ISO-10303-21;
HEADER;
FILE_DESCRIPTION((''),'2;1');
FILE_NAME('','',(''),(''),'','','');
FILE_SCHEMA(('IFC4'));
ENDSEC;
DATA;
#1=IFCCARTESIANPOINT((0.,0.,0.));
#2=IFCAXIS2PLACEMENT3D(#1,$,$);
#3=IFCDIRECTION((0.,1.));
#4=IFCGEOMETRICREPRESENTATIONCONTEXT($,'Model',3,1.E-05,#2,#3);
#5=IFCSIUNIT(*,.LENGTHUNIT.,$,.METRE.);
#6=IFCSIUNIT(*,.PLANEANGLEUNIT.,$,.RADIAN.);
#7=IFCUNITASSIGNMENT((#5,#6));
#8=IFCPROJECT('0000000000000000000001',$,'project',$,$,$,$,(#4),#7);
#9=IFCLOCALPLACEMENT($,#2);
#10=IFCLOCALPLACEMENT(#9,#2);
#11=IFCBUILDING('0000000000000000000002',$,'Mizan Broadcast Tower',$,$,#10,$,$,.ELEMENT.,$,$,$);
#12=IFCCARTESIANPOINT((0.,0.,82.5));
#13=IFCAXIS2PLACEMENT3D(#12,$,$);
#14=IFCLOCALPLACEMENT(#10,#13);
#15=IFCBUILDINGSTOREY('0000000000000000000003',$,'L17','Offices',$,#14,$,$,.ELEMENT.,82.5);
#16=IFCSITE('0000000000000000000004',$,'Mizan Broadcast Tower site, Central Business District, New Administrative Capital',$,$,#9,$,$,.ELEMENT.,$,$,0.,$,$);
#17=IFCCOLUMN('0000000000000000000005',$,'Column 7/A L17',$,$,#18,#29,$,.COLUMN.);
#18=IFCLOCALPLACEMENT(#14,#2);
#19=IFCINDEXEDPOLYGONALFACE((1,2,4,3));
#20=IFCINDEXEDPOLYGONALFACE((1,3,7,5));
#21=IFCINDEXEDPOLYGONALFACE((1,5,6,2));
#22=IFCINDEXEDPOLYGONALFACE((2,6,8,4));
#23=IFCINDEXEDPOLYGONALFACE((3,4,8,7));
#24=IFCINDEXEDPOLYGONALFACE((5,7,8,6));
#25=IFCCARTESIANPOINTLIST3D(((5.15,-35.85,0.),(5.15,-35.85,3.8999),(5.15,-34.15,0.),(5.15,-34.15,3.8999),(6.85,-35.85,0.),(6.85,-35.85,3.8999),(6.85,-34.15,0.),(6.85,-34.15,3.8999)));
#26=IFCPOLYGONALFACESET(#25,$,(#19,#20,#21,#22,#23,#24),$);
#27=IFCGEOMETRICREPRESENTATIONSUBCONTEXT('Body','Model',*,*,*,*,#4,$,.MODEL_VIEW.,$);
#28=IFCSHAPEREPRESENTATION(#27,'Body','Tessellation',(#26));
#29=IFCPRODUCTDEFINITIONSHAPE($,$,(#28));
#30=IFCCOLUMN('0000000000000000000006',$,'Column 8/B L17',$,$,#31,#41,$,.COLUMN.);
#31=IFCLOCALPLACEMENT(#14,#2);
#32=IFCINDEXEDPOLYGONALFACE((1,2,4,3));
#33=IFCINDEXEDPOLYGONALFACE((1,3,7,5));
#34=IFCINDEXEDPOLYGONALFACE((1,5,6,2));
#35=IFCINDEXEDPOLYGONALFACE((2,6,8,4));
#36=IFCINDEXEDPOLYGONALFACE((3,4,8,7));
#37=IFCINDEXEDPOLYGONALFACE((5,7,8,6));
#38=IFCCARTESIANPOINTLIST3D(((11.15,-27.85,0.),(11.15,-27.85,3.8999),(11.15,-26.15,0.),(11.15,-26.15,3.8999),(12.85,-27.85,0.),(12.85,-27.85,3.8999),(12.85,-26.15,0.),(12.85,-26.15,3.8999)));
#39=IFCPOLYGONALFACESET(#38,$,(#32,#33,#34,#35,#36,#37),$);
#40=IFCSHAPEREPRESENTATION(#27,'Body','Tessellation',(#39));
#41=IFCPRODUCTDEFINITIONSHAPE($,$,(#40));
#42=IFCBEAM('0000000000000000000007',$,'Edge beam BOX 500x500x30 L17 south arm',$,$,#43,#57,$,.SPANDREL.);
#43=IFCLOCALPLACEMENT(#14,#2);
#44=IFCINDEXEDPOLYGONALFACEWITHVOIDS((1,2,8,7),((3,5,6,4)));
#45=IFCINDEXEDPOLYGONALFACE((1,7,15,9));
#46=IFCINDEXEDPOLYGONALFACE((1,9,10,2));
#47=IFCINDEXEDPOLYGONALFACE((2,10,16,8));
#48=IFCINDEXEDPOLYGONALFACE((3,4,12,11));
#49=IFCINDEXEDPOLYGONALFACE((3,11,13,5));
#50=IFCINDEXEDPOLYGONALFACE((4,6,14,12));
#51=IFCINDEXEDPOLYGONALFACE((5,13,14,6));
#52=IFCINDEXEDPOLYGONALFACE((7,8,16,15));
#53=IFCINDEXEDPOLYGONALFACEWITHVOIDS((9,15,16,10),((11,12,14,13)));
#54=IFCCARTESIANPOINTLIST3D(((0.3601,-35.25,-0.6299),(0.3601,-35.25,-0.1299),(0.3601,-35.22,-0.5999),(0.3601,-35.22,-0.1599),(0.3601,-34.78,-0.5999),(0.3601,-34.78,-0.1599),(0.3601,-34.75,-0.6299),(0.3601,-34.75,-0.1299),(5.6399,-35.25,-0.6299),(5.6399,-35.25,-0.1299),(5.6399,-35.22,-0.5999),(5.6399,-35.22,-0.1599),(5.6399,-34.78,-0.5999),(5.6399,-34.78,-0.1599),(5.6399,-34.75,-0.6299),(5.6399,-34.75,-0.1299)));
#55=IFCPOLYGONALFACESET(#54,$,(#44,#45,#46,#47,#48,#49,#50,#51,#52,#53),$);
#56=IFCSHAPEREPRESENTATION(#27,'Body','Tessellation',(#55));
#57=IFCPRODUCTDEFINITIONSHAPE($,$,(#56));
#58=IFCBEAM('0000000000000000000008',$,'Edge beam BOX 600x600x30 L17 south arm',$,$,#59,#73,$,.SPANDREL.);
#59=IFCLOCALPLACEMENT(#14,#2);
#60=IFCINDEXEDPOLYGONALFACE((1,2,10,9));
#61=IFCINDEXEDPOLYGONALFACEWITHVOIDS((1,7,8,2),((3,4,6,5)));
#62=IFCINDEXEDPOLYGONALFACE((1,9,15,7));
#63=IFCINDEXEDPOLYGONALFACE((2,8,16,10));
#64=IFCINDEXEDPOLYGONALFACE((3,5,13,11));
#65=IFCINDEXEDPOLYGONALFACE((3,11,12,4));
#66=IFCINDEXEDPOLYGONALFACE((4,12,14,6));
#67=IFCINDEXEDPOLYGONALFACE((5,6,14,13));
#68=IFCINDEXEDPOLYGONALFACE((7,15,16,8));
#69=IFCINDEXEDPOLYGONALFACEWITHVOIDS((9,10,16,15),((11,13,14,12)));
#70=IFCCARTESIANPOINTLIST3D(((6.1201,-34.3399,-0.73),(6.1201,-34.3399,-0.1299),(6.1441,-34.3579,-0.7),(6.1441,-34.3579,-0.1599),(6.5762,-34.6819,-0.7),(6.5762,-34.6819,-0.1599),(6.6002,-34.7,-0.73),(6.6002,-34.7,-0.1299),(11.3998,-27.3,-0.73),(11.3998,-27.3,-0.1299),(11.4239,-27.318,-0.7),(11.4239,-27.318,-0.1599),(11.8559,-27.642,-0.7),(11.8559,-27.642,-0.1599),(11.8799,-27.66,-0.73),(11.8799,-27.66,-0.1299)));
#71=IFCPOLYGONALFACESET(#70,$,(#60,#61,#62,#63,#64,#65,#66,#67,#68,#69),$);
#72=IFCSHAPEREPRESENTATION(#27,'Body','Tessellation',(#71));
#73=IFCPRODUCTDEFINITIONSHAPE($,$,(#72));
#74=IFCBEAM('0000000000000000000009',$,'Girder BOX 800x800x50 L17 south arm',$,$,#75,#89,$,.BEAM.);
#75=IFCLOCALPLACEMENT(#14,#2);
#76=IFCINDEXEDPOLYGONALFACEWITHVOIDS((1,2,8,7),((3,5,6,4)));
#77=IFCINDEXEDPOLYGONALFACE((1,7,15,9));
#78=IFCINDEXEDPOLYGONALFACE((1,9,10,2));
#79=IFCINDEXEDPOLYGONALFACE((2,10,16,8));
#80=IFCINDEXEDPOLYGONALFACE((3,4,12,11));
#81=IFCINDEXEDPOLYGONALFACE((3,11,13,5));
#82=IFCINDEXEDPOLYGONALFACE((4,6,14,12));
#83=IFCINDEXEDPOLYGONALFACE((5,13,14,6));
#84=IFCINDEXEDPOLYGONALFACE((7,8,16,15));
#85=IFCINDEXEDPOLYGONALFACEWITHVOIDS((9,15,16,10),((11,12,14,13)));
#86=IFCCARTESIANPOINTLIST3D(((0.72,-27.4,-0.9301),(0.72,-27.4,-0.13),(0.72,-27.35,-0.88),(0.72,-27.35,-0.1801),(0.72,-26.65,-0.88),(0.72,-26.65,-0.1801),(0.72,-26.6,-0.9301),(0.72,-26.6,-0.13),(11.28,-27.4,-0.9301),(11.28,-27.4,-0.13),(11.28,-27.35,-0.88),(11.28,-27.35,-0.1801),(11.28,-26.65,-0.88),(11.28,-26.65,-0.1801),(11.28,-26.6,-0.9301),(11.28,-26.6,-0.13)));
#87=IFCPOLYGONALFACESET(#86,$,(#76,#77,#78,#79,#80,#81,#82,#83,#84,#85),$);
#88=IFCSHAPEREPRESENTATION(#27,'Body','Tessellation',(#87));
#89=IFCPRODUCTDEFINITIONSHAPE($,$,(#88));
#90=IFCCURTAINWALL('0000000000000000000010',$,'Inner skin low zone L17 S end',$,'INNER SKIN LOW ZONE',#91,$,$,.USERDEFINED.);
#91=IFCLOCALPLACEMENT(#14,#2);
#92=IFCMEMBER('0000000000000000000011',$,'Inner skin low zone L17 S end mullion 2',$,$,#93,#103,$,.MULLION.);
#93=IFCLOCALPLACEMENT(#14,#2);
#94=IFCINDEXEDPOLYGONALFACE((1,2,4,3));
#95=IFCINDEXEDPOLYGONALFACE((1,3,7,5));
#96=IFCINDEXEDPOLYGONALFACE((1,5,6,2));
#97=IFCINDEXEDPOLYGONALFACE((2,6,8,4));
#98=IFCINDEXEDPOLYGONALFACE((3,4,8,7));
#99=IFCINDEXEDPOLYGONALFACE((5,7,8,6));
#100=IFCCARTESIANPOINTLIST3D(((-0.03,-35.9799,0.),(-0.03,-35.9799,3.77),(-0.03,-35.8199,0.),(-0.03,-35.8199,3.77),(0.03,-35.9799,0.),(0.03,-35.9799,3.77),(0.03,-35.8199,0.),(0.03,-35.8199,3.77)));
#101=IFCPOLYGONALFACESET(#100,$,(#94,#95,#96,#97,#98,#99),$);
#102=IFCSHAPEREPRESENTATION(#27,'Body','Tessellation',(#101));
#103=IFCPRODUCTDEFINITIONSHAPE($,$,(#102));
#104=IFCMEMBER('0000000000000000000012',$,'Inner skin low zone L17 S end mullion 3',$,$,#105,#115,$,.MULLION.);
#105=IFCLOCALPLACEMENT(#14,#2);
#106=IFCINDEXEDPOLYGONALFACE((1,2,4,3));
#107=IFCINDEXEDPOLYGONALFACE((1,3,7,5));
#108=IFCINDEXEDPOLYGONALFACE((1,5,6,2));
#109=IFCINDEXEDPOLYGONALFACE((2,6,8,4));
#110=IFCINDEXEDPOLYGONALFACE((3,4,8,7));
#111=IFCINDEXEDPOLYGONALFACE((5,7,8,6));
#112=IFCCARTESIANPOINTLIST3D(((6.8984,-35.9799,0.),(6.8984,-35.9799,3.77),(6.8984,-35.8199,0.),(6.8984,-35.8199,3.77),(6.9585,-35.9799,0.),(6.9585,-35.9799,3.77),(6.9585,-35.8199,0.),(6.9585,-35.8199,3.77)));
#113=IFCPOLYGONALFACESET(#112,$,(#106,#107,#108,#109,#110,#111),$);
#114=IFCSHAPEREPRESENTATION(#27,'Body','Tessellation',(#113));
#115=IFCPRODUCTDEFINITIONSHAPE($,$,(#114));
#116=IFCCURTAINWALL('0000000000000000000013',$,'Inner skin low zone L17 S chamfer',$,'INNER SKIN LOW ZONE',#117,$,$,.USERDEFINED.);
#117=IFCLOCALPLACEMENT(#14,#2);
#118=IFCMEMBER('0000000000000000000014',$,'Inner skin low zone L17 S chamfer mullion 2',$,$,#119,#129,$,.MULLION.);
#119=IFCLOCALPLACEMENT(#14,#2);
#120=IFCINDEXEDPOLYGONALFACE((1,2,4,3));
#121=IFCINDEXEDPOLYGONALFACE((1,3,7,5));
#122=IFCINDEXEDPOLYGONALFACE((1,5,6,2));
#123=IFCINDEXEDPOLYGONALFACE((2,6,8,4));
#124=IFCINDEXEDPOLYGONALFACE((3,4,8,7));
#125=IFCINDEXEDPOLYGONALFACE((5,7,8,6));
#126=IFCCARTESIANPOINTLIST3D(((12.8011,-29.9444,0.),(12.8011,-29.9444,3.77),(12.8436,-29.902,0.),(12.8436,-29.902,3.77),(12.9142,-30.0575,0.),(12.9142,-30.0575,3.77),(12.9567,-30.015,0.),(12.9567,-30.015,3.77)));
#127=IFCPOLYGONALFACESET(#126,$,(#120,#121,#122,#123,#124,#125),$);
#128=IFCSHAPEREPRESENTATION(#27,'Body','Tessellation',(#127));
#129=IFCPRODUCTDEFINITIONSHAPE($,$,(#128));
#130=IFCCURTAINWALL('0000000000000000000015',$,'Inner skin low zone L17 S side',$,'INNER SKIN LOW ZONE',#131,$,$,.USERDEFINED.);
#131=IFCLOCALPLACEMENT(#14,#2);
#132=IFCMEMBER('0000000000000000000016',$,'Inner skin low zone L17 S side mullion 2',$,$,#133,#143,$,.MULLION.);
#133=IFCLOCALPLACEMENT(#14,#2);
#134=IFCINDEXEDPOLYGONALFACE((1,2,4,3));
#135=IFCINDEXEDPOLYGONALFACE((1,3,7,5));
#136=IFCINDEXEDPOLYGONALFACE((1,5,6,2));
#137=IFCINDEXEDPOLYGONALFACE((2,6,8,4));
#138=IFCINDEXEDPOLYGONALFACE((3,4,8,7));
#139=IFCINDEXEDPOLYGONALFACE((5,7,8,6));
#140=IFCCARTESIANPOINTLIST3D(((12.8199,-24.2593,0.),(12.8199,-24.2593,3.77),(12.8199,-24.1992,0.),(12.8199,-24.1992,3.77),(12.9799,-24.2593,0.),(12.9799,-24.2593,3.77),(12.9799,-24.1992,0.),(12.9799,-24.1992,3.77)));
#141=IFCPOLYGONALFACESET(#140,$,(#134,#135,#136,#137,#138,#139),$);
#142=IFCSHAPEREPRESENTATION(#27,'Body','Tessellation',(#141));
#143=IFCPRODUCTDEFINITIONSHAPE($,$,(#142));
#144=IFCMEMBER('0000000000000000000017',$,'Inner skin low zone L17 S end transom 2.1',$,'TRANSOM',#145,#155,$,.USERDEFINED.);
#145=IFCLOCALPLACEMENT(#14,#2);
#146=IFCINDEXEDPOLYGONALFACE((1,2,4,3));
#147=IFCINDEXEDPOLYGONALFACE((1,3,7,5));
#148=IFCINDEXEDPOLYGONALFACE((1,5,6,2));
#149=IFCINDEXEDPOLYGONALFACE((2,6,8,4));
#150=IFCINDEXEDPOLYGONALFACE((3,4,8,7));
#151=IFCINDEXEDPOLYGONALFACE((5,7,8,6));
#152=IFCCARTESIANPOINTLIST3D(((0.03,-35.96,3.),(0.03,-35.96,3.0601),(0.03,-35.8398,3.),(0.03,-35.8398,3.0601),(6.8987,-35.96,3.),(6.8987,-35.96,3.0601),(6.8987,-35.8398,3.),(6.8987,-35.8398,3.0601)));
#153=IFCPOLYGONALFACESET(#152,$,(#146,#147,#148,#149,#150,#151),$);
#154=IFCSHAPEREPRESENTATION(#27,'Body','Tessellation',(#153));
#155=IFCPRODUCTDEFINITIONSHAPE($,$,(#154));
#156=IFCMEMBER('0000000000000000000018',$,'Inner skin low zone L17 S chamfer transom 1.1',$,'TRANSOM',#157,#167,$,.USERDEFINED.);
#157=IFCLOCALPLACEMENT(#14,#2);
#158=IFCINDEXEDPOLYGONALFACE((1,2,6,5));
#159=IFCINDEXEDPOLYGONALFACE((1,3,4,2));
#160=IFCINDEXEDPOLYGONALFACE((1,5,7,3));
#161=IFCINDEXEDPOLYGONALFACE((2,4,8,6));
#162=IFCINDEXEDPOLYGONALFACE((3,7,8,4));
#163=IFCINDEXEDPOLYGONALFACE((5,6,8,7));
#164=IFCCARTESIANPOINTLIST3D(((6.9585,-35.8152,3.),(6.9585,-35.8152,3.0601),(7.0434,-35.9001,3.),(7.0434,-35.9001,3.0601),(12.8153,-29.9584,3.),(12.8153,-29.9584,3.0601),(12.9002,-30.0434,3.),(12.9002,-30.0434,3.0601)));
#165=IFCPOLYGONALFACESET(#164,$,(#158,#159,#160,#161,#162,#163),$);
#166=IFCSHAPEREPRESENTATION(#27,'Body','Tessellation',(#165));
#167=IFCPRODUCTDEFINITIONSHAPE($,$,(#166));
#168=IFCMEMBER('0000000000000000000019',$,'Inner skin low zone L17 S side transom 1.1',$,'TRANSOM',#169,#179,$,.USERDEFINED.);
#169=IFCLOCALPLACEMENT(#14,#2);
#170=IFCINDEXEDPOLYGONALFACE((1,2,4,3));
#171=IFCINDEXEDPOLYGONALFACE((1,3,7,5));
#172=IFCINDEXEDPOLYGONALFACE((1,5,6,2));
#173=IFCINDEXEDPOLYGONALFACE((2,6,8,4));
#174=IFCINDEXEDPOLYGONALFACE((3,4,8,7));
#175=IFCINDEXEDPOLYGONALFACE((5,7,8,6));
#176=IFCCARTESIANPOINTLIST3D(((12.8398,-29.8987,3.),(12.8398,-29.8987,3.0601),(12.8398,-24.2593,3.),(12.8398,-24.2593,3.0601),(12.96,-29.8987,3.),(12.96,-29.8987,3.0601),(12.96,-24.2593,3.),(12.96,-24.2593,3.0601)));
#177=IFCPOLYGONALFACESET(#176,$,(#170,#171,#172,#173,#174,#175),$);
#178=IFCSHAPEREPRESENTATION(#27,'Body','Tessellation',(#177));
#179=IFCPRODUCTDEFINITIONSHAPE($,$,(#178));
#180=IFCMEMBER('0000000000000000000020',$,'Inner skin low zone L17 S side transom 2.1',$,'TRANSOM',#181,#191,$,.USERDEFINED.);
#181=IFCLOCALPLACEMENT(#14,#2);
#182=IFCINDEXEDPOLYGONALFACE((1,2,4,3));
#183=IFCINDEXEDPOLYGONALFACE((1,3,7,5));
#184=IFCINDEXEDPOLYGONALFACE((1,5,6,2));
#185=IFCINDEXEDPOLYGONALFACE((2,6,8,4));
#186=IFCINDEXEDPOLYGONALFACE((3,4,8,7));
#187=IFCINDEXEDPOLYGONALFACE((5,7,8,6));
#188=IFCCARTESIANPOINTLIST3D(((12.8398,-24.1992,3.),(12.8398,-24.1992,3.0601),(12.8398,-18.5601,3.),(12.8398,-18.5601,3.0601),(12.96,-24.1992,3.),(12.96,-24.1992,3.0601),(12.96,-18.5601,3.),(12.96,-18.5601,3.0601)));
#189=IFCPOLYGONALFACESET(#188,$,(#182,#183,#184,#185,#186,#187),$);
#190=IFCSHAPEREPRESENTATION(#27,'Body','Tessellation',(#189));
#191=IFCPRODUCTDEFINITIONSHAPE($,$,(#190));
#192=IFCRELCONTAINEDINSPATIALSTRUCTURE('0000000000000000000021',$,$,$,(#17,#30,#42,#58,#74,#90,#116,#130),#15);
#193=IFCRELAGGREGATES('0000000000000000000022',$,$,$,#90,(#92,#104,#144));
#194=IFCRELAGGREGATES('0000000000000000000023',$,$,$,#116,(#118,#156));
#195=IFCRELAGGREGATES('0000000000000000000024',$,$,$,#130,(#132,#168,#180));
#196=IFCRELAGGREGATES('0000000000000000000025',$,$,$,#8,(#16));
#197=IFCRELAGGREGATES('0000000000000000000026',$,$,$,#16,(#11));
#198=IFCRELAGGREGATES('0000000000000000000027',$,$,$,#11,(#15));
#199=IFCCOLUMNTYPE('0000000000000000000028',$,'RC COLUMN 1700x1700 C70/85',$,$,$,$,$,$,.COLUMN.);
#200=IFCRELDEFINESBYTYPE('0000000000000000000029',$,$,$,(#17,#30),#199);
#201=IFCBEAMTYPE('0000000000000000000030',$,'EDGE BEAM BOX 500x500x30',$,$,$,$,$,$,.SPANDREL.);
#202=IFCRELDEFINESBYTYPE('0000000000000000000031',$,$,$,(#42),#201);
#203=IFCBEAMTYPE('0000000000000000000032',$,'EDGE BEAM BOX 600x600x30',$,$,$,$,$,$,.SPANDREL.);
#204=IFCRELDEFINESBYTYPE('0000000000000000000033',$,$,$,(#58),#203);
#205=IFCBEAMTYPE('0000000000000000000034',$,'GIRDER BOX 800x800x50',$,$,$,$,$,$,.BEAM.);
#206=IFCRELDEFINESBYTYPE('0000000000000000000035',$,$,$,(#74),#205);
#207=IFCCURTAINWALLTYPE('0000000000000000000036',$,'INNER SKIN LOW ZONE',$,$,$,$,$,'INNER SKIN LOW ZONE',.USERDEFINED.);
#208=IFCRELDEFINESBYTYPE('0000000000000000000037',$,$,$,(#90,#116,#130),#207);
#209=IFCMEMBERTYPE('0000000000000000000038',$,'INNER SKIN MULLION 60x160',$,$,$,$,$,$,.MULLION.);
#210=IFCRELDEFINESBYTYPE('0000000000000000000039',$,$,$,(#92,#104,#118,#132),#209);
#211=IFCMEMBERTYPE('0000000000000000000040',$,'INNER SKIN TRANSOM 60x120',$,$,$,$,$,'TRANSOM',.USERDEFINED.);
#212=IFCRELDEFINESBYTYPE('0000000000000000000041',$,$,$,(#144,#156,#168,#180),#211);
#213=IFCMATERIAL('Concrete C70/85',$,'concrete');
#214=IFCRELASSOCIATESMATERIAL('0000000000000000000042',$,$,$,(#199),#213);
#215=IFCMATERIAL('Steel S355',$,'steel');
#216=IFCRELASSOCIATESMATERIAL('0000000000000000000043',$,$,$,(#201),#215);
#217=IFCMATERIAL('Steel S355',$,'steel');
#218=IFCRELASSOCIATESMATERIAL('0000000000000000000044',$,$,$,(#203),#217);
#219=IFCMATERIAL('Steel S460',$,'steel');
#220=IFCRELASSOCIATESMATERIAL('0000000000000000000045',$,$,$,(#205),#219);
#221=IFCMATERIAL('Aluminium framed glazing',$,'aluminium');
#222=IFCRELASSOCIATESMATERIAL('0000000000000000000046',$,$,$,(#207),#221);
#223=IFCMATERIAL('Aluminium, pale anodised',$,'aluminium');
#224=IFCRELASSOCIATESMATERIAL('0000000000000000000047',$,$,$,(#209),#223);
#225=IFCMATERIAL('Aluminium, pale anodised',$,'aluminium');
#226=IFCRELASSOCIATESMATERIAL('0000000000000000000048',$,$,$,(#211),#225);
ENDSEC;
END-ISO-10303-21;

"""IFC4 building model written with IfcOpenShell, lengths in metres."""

from ifc_helpers import new_model, si_unit, direction, frame, origin, origin_2d, place, context, subcontext, project, spatial, rectangle, hollow_rectangle, extrude, material, material_profile, profile_set, type_object, element, aggregate, save


model = new_model("IFC4")

# Units and contexts
model_context = context("Model", 3, precision=1e-05, world=origin(), true_north=direction((0.0, 1.0)))
body_context = subcontext(model_context, "Body", "Model", "MODEL_VIEW")
ifc_project = project(units=[si_unit("LENGTHUNIT", "METRE"), si_unit("PLANEANGLEUNIT", "RADIAN")], contexts=[model_context])

# Site, building, storey
site_placement = place(None, origin())
site = spatial("IfcSite", under=ifc_project, at=site_placement, Name="Mizan Broadcast Tower site, Central Business District, New Administrative Capital", CompositionType="ELEMENT", RefElevation=0.0)
building_placement = place(site_placement, origin())
building = spatial("IfcBuilding", under=site, at=building_placement, Name="Mizan Broadcast Tower", CompositionType="ELEMENT")
storey_placement = place(building_placement, frame((0.0, 0.0, 82.5)))
storey = spatial("IfcBuildingStorey", under=building, at=storey_placement, Name="L17", Description="Offices", CompositionType="ELEMENT", Elevation=82.5)

# Columns
ifc_material_1 = material(Name="Concrete C70/85", Category="concrete")
ifc_material_profile_1 = material_profile(ifc_material_1, rectangle(XDim=1.7, YDim=1.7, at=origin_2d()), Name="RC 1700x1700")
ifc_profile_set_1 = profile_set([ifc_material_profile_1], Name="Concrete C70/85")
column_type = type_object("IfcColumnType", Name="RC COLUMN 1700x1700 C70/85", PredefinedType="COLUMN", material=ifc_profile_set_1)
for number, where, z_axis, x_axis, name in (
    (1, (6.0, -35.0, 0.0), (0.0, 0.0, 1.0), (1.0, 0.0, 0.0), "Column 7/A L17"),
    (2, (12.0, -27.0, 0.0), (0.0, 0.0, 1.0), (1.0, 0.0, 0.0), "Column 8/B L17"),
):
    element("IfcColumn", number, at=place(storey_placement, frame(where, z_axis=z_axis, x_axis=x_axis)), inside=storey, type_object=column_type, Name=name, PredefinedType="COLUMN", context=body_context, shape_type="SweptSolid", body=[
        extrude(rectangle(XDim=1.7, YDim=1.7, at=origin_2d()), origin(), (0.0, 0.0, 1.0), 3.8999),
    ])

# Beams
ifc_material_2 = material(Name="Steel S355", Category="steel")
ifc_material_profile_2 = material_profile(ifc_material_2, hollow_rectangle(XDim=0.5, YDim=0.5, WallThickness=0.03, at=origin_2d()), Name="BOX 500x500x30")
ifc_profile_set_2 = profile_set([ifc_material_profile_2], Name="Steel S355")
beam_type_1 = type_object("IfcBeamType", Name="EDGE BEAM BOX 500x500x30", PredefinedType="SPANDREL", material=ifc_profile_set_2)
beam_1_placement = place(storey_placement, frame((5.6399, -35.0, -0.3799), z_axis=(-1.0, 0.0, 0.0), x_axis=(0.0, -1.0, 0.0)))
element("IfcBeam", 3, at=beam_1_placement, inside=storey, type_object=beam_type_1, Name="Edge beam BOX 500x500x30 L17 south arm", PredefinedType="SPANDREL", context=body_context, shape_type="SweptSolid", body=[
    extrude(hollow_rectangle(XDim=0.5, YDim=0.5, WallThickness=0.03, at=origin_2d()), origin(), (0.0, 0.0, 1.0), 5.2798),
])
ifc_material_3 = material(Name="Steel S355", Category="steel")
ifc_material_profile_3 = material_profile(ifc_material_3, hollow_rectangle(XDim=0.6001, YDim=0.6001, WallThickness=0.03, at=origin_2d()), Name="BOX 600x600x30")
ifc_profile_set_3 = profile_set([ifc_material_profile_3], Name="Steel S355")
beam_type_2 = type_object("IfcBeamType", Name="EDGE BEAM BOX 600x600x30", PredefinedType="SPANDREL", material=ifc_profile_set_3)
beam_2_placement = place(storey_placement, frame((11.6399, -27.48, -0.4299), z_axis=(-0.599982, -0.800013, 0.0), x_axis=(0.800013, -0.599982, 0.0)))
element("IfcBeam", 4, at=beam_2_placement, inside=storey, type_object=beam_type_2, Name="Edge beam BOX 600x600x30 L17 south arm", PredefinedType="SPANDREL", context=body_context, shape_type="SweptSolid", body=[
    extrude(hollow_rectangle(XDim=0.6001, YDim=0.6001, WallThickness=0.03, at=origin_2d()), origin(), (0.0, 0.0, 1.0), 8.7998),
])
ifc_material_4 = material(Name="Steel S460", Category="steel")
ifc_material_profile_4 = material_profile(ifc_material_4, hollow_rectangle(XDim=0.8, YDim=0.8, WallThickness=0.05, at=origin_2d()), Name="BOX 800x800x50")
ifc_profile_set_4 = profile_set([ifc_material_profile_4], Name="Steel S460")
beam_type_3 = type_object("IfcBeamType", Name="GIRDER BOX 800x800x50", PredefinedType="BEAM", material=ifc_profile_set_4)
beam_3_placement = place(storey_placement, frame((11.28, -27.0, -0.53), z_axis=(-1.0, 0.0, 0.0), x_axis=(0.0, -1.0, 0.0)))
element("IfcBeam", 5, at=beam_3_placement, inside=storey, type_object=beam_type_3, Name="Girder BOX 800x800x50 L17 south arm", PredefinedType="BEAM", context=body_context, shape_type="SweptSolid", body=[
    extrude(hollow_rectangle(XDim=0.8, YDim=0.8, WallThickness=0.05, at=origin_2d()), origin(), (0.0, 0.0, 1.0), 10.5601),
])

# Curtain wall, members
ifc_material_5 = material(Name="Aluminium framed glazing", Category="aluminium")
curtain_wall_type_1 = type_object("IfcCurtainWallType", Name="INNER SKIN LOW ZONE", ElementType="INNER SKIN LOW ZONE", PredefinedType="USERDEFINED", material=ifc_material_5)
curtain_wall_1_placement = place(storey_placement, origin())
curtain_wall_1 = element("IfcCurtainWall", 6, at=curtain_wall_1_placement, inside=storey, type_object=curtain_wall_type_1, Name="Inner skin low zone L17 S end", ObjectType="INNER SKIN LOW ZONE", PredefinedType="USERDEFINED")
ifc_material_6 = material(Name="Aluminium, pale anodised", Category="aluminium")
ifc_material_profile_5 = material_profile(ifc_material_6, rectangle(XDim=0.1599, YDim=0.0601, at=origin_2d()), Name="MULLION 160x60")
ifc_profile_set_5 = profile_set([ifc_material_profile_5], Name="Aluminium, pale anodised")
member_type_1 = type_object("IfcMemberType", Name="INNER SKIN MULLION 60x160", PredefinedType="MULLION", material=ifc_profile_set_5)
member_1_placement = place(storey_placement, frame((0.0, -35.8999, 0.0), z_axis=(0.0, 0.0, 1.0), x_axis=(0.0, 1.0, 0.0)))
member_1 = element("IfcMember", 7, at=member_1_placement, type_object=member_type_1, Name="Inner skin low zone L17 S end mullion 2", PredefinedType="MULLION", context=body_context, shape_type="SweptSolid", body=[
    extrude(rectangle(XDim=0.1599, YDim=0.0601, at=origin_2d()), origin(), (0.0, 0.0, 1.0), 3.77),
])
member_2_placement = place(storey_placement, frame((6.9285, -35.8999, 0.0), z_axis=(0.0, 0.0, 1.0), x_axis=(0.0, 1.0, 0.0)))
member_2 = element("IfcMember", 8, at=member_2_placement, type_object=member_type_1, Name="Inner skin low zone L17 S end mullion 3", PredefinedType="MULLION", context=body_context, shape_type="SweptSolid", body=[
    extrude(rectangle(XDim=0.1599, YDim=0.0601, at=origin_2d()), origin(), (0.0, 0.0, 1.0), 3.77),
])

# Curtain walls, members
curtain_wall_2_placement = place(storey_placement, origin())
curtain_wall_2 = element("IfcCurtainWall", 9, at=curtain_wall_2_placement, inside=storey, type_object=curtain_wall_type_1, Name="Inner skin low zone L17 S chamfer", ObjectType="INNER SKIN LOW ZONE", PredefinedType="USERDEFINED")
member_3_placement = place(storey_placement, frame((12.8789, -29.9797, 0.0), z_axis=(0.0, 0.0, 1.0), x_axis=(-0.707107, 0.707107, 0.0)))
member_3 = element("IfcMember", 10, at=member_3_placement, type_object=member_type_1, Name="Inner skin low zone L17 S chamfer mullion 2", PredefinedType="MULLION", context=body_context, shape_type="SweptSolid", body=[
    extrude(rectangle(XDim=0.1599, YDim=0.0601, at=origin_2d()), origin(), (0.0, 0.0, 1.0), 3.77),
])
curtain_wall_3_placement = place(storey_placement, origin())
curtain_wall_3 = element("IfcCurtainWall", 11, at=curtain_wall_3_placement, inside=storey, type_object=curtain_wall_type_1, Name="Inner skin low zone L17 S side", ObjectType="INNER SKIN LOW ZONE", PredefinedType="USERDEFINED")
member_4_placement = place(storey_placement, frame((12.8999, -24.2292, 0.0), z_axis=(0.0, 0.0, 1.0), x_axis=(-1.0, 0.0, 0.0)))
member_4 = element("IfcMember", 12, at=member_4_placement, type_object=member_type_1, Name="Inner skin low zone L17 S side mullion 2", PredefinedType="MULLION", context=body_context, shape_type="SweptSolid", body=[
    extrude(rectangle(XDim=0.1599, YDim=0.0601, at=origin_2d()), origin(), (0.0, 0.0, 1.0), 3.77),
])

# Members
ifc_material_7 = material(Name="Aluminium, pale anodised", Category="aluminium")
ifc_material_profile_6 = material_profile(ifc_material_7, rectangle(XDim=0.1201, YDim=0.0601, at=origin_2d()), Name="TRANSOM 120x60")
ifc_profile_set_6 = profile_set([ifc_material_profile_6], Name="Aluminium, pale anodised")
member_type_2 = type_object("IfcMemberType", Name="INNER SKIN TRANSOM 60x120", ElementType="TRANSOM", PredefinedType="USERDEFINED", material=ifc_profile_set_6)
member_5_placement = place(storey_placement, frame((0.03, -35.8999, 3.03), z_axis=(1.0, 0.0, 0.0), x_axis=(0.0, 1.0, 0.0)))
member_5 = element("IfcMember", 13, at=member_5_placement, type_object=member_type_2, Name="Inner skin low zone L17 S end transom 2.1", ObjectType="TRANSOM", PredefinedType="USERDEFINED", context=body_context, shape_type="SweptSolid", body=[
    extrude(rectangle(XDim=0.1201, YDim=0.0601, at=origin_2d()), origin(), (0.0, 0.0, 1.0), 6.8687),
])
member_6_placement = place(storey_placement, frame((7.001, -35.8577, 3.03), z_axis=(0.707107, 0.707107, 0.0), x_axis=(-0.707107, 0.707107, 0.0)))
member_6 = element("IfcMember", 14, at=member_6_placement, type_object=member_type_2, Name="Inner skin low zone L17 S chamfer transom 1.1", ObjectType="TRANSOM", PredefinedType="USERDEFINED", context=body_context, shape_type="SweptSolid", body=[
    extrude(rectangle(XDim=0.1201, YDim=0.0601, at=origin_2d()), origin(), (0.0, 0.0, 1.0), 8.2827),
])
member_7_placement = place(storey_placement, frame((12.8999, -29.8987, 3.03), z_axis=(0.0, 1.0, 0.0), x_axis=(-1.0, 0.0, 0.0)))
member_7 = element("IfcMember", 15, at=member_7_placement, type_object=member_type_2, Name="Inner skin low zone L17 S side transom 1.1", ObjectType="TRANSOM", PredefinedType="USERDEFINED", context=body_context, shape_type="SweptSolid", body=[
    extrude(rectangle(XDim=0.1201, YDim=0.0601, at=origin_2d()), origin(), (0.0, 0.0, 1.0), 5.6394),
])
member_8_placement = place(storey_placement, frame((12.8999, -24.1992, 3.03), z_axis=(0.0, 1.0, 0.0), x_axis=(-1.0, 0.0, 0.0)))
member_8 = element("IfcMember", 16, at=member_8_placement, type_object=member_type_2, Name="Inner skin low zone L17 S side transom 2.1", ObjectType="TRANSOM", PredefinedType="USERDEFINED", context=body_context, shape_type="SweptSolid", body=[
    extrude(rectangle(XDim=0.1201, YDim=0.0601, at=origin_2d()), origin(), (0.0, 0.0, 1.0), 5.6392),
])

aggregate(curtain_wall_1, [member_1, member_2, member_5])
aggregate(curtain_wall_2, [member_3, member_6])
aggregate(curtain_wall_3, [member_4, member_7, member_8])

save(model, "model.ifc")
